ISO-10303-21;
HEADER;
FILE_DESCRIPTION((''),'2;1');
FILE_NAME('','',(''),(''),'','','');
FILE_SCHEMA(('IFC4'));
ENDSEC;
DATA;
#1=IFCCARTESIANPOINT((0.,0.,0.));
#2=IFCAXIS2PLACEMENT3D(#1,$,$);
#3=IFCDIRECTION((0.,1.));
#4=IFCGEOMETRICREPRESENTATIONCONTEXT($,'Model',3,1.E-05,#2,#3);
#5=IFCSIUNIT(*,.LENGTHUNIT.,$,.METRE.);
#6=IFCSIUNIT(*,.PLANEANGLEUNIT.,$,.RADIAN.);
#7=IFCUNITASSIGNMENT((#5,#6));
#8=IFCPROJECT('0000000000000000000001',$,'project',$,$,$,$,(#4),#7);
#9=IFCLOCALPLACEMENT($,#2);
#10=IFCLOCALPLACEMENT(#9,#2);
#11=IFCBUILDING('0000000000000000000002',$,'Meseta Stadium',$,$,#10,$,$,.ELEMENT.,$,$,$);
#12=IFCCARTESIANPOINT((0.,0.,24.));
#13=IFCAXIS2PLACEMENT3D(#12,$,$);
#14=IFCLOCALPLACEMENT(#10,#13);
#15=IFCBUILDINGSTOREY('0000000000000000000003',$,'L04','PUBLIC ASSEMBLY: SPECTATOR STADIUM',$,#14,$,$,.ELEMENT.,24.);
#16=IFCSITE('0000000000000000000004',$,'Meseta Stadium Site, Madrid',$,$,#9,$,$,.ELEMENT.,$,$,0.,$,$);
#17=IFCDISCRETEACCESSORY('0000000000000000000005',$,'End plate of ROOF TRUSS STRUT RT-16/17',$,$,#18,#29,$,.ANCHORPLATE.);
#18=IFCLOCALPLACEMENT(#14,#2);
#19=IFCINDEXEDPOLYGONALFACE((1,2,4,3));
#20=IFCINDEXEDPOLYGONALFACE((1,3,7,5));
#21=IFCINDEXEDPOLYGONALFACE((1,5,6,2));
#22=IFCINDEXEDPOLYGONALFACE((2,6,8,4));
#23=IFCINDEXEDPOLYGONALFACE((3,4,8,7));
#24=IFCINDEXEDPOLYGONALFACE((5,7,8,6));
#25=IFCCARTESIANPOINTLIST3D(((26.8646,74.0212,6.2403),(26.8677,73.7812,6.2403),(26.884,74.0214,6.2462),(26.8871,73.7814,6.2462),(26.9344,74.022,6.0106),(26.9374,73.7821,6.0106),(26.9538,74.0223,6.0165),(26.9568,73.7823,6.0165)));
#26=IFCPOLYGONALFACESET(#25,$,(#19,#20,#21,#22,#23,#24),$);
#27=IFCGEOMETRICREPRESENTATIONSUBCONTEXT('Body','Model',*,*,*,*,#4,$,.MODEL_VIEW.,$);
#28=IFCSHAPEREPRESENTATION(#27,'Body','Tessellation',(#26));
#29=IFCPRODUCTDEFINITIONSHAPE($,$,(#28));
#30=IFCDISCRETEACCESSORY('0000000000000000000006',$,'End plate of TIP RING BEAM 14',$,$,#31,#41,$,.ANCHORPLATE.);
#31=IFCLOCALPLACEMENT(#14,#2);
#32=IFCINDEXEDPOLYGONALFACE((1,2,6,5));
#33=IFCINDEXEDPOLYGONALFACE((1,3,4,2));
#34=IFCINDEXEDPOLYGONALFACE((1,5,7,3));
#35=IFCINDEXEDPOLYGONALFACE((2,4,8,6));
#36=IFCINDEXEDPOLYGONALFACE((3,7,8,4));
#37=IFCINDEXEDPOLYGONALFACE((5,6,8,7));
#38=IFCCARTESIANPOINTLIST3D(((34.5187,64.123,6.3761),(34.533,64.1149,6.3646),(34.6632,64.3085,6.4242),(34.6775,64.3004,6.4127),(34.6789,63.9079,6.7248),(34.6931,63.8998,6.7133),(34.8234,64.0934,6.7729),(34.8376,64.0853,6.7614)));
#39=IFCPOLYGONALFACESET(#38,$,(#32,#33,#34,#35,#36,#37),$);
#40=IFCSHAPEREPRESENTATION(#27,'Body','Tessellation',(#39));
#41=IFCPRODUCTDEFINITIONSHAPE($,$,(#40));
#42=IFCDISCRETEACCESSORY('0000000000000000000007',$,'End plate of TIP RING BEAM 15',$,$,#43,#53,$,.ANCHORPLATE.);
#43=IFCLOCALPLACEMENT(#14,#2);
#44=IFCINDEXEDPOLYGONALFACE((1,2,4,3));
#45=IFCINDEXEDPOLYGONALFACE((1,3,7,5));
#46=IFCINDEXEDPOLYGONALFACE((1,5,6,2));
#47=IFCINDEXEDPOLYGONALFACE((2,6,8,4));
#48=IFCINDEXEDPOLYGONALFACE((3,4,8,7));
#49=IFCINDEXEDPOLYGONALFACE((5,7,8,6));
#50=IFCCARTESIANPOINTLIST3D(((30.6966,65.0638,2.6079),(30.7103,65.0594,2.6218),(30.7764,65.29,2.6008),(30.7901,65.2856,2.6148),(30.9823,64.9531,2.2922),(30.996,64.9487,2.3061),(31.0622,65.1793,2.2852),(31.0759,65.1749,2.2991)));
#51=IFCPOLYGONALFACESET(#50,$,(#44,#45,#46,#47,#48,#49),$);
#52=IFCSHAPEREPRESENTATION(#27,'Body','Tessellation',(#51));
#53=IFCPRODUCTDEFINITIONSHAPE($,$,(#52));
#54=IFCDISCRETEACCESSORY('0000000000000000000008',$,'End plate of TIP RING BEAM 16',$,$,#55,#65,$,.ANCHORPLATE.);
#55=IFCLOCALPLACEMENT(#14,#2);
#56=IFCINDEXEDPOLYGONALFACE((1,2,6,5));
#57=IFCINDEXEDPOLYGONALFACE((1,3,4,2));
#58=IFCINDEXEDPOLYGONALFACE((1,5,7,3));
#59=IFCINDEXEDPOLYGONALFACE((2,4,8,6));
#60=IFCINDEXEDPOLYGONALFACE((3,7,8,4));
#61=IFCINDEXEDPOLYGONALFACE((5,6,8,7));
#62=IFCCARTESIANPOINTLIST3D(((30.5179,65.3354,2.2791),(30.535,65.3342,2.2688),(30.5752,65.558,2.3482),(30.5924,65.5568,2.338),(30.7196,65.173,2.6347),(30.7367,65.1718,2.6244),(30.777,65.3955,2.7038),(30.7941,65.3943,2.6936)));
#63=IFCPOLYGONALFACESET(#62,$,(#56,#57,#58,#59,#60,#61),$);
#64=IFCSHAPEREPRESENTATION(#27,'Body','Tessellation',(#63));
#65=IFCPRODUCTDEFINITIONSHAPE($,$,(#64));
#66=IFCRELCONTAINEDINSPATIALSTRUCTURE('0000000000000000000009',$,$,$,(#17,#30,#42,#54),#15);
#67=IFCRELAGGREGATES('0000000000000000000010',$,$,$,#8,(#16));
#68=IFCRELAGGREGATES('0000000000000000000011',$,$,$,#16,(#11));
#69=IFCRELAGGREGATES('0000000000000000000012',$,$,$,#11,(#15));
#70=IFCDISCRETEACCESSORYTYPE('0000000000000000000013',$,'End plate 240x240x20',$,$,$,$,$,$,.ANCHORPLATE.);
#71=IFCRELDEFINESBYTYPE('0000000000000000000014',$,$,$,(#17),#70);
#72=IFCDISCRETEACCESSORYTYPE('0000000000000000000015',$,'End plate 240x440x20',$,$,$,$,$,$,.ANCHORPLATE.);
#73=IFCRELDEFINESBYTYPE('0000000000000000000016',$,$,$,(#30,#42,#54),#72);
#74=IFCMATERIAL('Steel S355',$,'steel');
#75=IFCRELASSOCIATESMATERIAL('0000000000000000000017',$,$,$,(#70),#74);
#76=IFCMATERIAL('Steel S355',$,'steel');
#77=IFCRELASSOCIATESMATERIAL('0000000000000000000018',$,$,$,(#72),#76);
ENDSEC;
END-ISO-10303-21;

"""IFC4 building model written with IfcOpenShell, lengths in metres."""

from ifc_helpers import new_model, si_unit, direction, frame, origin, origin_2d, place, context, subcontext, project, spatial, rectangle, extrude, material, material_profile, profile_set, type_object, element, save


model = new_model("IFC4")

# Units and contexts
model_context = context("Model", 3, precision=1e-05, world=origin(), true_north=direction((0.0, 1.0)))
body_context = subcontext(model_context, "Body", "Model", "MODEL_VIEW")
ifc_project = project(units=[si_unit("LENGTHUNIT", "METRE"), si_unit("PLANEANGLEUNIT", "RADIAN")], contexts=[model_context])

# Site, building, storey
site_placement = place(None, origin())
site = spatial("IfcSite", under=ifc_project, at=site_placement, Name="Meseta Stadium Site, Madrid", CompositionType="ELEMENT", RefElevation=0.0)
building_placement = place(site_placement, origin())
building = spatial("IfcBuilding", under=site, at=building_placement, Name="Meseta Stadium", CompositionType="ELEMENT")
storey_placement = place(building_placement, frame((0.0, 0.0, 24.0)))
storey = spatial("IfcBuildingStorey", under=building, at=storey_placement, Name="L04", Description="PUBLIC ASSEMBLY: SPECTATOR STADIUM", CompositionType="ELEMENT", Elevation=24.0)

# Discrete accessories
ifc_material_1 = material(Name="Steel S355", Category="steel")
ifc_material_profile_1 = material_profile(ifc_material_1, rectangle(XDim=0.24, YDim=0.24, at=origin_2d()), Name="PL 240x240")
ifc_profile_set_1 = profile_set([ifc_material_profile_1], Name="Steel S355")
discrete_accessory_type_1 = type_object("IfcDiscreteAccessoryType", Name="End plate 240x240x20", PredefinedType="ANCHORPLATE", material=ifc_profile_set_1)
discrete_accessory_1_placement = place(storey_placement, frame((26.9204, 73.9019, 6.1313), z_axis=(-0.95675, -0.012111, -0.290658), x_axis=(0.012657, -0.99992, 0.0)))
element("IfcDiscreteAccessory", 1, at=discrete_accessory_1_placement, inside=storey, type_object=discrete_accessory_type_1, Name="End plate of ROOF TRUSS STRUT RT-16/17", PredefinedType="ANCHORPLATE", context=body_context, shape_type="SweptSolid", body=[
    extrude(rectangle(XDim=0.24, YDim=0.24, at=origin_2d()), origin(), (0.0, 0.0, 1.0), 0.0203),
])
ifc_material_2 = material(Name="Steel S355", Category="steel")
ifc_material_profile_2 = material_profile(ifc_material_2, rectangle(XDim=0.24, YDim=0.4399, at=origin_2d()), Name="PL 240x440")
ifc_profile_set_2 = profile_set([ifc_material_profile_2], Name="Steel S355")
discrete_accessory_type_2 = type_object("IfcDiscreteAccessoryType", Name="End plate 240x440x20", PredefinedType="ANCHORPLATE", material=ifc_profile_set_2)
for number, where, z_axis, x_axis, name in (
    (2, (34.6853, 64.1001, 6.563), (-0.710601, 0.404307, 0.575832), (-0.602069, -0.772914, -0.200294), "End plate of TIP RING BEAM 14"),
    (3, (30.8931, 65.1172, 2.4604), (-0.68369, 0.219757, -0.695899), (-0.332781, -0.942549, 0.029296), "End plate of TIP RING BEAM 15"),
    (4, (30.6646, 65.3643, 2.4812), (-0.855889, 0.061135, 0.513533), (-0.23905, -0.927307, -0.288023), "End plate of TIP RING BEAM 16"),
):
    element("IfcDiscreteAccessory", number, at=place(storey_placement, frame(where, z_axis=z_axis, x_axis=x_axis)), inside=storey, type_object=discrete_accessory_type_2, Name=name, PredefinedType="ANCHORPLATE", context=body_context, shape_type="SweptSolid", body=[
        extrude(rectangle(XDim=0.24, YDim=0.4399, at=origin_2d()), origin(), (0.0, 0.0, 1.0), 0.02),
    ])

save(model, "model.ifc")
